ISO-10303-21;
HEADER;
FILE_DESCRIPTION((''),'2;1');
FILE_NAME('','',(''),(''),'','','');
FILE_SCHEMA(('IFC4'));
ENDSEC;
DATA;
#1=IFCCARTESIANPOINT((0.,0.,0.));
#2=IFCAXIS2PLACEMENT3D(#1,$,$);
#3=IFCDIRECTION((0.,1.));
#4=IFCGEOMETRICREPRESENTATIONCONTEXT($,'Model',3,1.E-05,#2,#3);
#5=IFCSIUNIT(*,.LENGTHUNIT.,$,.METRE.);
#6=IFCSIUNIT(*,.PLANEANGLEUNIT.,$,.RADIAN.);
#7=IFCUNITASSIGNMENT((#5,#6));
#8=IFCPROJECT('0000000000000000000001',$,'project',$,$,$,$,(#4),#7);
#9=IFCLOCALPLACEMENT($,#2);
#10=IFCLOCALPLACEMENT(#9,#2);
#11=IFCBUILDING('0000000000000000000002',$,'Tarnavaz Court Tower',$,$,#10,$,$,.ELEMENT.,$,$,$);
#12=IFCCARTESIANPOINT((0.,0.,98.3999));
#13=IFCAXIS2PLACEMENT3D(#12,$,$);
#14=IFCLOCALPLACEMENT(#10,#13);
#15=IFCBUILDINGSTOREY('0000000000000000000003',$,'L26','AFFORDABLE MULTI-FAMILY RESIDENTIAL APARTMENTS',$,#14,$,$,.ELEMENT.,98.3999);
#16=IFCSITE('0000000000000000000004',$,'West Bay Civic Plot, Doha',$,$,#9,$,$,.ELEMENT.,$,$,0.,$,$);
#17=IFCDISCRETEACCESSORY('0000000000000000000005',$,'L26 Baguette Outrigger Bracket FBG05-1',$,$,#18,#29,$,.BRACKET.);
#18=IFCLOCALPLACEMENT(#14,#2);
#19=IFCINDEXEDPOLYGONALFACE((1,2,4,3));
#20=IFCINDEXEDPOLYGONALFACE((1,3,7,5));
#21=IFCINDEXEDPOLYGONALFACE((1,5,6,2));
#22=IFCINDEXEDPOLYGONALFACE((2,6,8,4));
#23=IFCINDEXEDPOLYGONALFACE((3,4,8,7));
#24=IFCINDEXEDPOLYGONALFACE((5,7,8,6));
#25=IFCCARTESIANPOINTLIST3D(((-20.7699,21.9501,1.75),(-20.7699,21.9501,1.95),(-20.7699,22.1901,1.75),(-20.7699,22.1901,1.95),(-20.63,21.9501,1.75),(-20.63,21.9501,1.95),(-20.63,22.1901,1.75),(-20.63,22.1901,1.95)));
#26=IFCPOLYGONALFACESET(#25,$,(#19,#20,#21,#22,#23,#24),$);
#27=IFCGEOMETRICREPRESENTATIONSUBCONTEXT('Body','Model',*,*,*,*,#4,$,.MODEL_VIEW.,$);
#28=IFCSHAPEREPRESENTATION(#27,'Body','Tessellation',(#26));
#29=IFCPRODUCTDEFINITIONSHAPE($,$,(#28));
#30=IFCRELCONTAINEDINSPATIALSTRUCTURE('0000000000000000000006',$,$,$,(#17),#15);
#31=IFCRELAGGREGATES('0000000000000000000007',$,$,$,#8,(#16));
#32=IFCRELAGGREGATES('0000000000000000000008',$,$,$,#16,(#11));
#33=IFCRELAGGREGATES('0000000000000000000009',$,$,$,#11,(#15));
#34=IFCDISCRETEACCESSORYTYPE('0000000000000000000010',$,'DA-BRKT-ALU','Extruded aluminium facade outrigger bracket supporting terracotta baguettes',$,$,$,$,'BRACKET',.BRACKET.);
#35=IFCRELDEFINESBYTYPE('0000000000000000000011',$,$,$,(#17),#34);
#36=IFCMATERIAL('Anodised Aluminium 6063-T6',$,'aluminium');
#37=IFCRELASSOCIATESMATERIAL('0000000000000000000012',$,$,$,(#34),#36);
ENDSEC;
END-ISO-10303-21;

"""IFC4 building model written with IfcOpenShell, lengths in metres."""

from ifc_helpers import new_model, si_unit, direction, frame, origin, origin_2d, place, context, subcontext, project, spatial, rectangle, extrude, material, type_object, element, save


model = new_model("IFC4")

# Units and contexts
model_context = context("Model", 3, precision=1e-05, world=origin(), true_north=direction((0.0, 1.0)))
body_context = subcontext(model_context, "Body", "Model", "MODEL_VIEW")
ifc_project = project(units=[si_unit("LENGTHUNIT", "METRE"), si_unit("PLANEANGLEUNIT", "RADIAN")], contexts=[model_context])

# Site, building, storey
site_placement = place(None, origin())
site = spatial("IfcSite", under=ifc_project, at=site_placement, Name="West Bay Civic Plot, Doha", CompositionType="ELEMENT", RefElevation=0.0)
building_placement = place(site_placement, origin())
building = spatial("IfcBuilding", under=site, at=building_placement, Name="Tarnavaz Court Tower", CompositionType="ELEMENT")
storey_placement = place(building_placement, frame((0.0, 0.0, 98.3999)))
storey = spatial("IfcBuildingStorey", under=building, at=storey_placement, Name="L26", Description="AFFORDABLE MULTI-FAMILY RESIDENTIAL APARTMENTS", CompositionType="ELEMENT", Elevation=98.3999)

# Discrete accessory
ifc_material_1 = material(Name="Anodised Aluminium 6063-T6", Category="aluminium")
discrete_accessory_type = type_object("IfcDiscreteAccessoryType", Name="DA-BRKT-ALU", Description="Extruded aluminium facade outrigger bracket supporting terracotta baguettes", ElementType="BRACKET", PredefinedType="BRACKET", material=ifc_material_1)
for number, where, z_axis, x_axis, name in (
    (1, (-20.7, 22.0701, 1.75), (0.0, 0.0, 1.0), (1.0, 0.0, 0.0), "L26 Baguette Outrigger Bracket FBG05-1"),
):
    element("IfcDiscreteAccessory", number, at=place(storey_placement, frame(where, z_axis=z_axis, x_axis=x_axis)), inside=storey, type_object=discrete_accessory_type, Name=name, PredefinedType="BRACKET", context=body_context, shape_type="SweptSolid", body=[
        extrude(rectangle(XDim=0.1399, YDim=0.24, at=origin_2d()), origin(), (0.0, 0.0, 1.0), 0.2),
    ])

save(model, "model.ifc")
